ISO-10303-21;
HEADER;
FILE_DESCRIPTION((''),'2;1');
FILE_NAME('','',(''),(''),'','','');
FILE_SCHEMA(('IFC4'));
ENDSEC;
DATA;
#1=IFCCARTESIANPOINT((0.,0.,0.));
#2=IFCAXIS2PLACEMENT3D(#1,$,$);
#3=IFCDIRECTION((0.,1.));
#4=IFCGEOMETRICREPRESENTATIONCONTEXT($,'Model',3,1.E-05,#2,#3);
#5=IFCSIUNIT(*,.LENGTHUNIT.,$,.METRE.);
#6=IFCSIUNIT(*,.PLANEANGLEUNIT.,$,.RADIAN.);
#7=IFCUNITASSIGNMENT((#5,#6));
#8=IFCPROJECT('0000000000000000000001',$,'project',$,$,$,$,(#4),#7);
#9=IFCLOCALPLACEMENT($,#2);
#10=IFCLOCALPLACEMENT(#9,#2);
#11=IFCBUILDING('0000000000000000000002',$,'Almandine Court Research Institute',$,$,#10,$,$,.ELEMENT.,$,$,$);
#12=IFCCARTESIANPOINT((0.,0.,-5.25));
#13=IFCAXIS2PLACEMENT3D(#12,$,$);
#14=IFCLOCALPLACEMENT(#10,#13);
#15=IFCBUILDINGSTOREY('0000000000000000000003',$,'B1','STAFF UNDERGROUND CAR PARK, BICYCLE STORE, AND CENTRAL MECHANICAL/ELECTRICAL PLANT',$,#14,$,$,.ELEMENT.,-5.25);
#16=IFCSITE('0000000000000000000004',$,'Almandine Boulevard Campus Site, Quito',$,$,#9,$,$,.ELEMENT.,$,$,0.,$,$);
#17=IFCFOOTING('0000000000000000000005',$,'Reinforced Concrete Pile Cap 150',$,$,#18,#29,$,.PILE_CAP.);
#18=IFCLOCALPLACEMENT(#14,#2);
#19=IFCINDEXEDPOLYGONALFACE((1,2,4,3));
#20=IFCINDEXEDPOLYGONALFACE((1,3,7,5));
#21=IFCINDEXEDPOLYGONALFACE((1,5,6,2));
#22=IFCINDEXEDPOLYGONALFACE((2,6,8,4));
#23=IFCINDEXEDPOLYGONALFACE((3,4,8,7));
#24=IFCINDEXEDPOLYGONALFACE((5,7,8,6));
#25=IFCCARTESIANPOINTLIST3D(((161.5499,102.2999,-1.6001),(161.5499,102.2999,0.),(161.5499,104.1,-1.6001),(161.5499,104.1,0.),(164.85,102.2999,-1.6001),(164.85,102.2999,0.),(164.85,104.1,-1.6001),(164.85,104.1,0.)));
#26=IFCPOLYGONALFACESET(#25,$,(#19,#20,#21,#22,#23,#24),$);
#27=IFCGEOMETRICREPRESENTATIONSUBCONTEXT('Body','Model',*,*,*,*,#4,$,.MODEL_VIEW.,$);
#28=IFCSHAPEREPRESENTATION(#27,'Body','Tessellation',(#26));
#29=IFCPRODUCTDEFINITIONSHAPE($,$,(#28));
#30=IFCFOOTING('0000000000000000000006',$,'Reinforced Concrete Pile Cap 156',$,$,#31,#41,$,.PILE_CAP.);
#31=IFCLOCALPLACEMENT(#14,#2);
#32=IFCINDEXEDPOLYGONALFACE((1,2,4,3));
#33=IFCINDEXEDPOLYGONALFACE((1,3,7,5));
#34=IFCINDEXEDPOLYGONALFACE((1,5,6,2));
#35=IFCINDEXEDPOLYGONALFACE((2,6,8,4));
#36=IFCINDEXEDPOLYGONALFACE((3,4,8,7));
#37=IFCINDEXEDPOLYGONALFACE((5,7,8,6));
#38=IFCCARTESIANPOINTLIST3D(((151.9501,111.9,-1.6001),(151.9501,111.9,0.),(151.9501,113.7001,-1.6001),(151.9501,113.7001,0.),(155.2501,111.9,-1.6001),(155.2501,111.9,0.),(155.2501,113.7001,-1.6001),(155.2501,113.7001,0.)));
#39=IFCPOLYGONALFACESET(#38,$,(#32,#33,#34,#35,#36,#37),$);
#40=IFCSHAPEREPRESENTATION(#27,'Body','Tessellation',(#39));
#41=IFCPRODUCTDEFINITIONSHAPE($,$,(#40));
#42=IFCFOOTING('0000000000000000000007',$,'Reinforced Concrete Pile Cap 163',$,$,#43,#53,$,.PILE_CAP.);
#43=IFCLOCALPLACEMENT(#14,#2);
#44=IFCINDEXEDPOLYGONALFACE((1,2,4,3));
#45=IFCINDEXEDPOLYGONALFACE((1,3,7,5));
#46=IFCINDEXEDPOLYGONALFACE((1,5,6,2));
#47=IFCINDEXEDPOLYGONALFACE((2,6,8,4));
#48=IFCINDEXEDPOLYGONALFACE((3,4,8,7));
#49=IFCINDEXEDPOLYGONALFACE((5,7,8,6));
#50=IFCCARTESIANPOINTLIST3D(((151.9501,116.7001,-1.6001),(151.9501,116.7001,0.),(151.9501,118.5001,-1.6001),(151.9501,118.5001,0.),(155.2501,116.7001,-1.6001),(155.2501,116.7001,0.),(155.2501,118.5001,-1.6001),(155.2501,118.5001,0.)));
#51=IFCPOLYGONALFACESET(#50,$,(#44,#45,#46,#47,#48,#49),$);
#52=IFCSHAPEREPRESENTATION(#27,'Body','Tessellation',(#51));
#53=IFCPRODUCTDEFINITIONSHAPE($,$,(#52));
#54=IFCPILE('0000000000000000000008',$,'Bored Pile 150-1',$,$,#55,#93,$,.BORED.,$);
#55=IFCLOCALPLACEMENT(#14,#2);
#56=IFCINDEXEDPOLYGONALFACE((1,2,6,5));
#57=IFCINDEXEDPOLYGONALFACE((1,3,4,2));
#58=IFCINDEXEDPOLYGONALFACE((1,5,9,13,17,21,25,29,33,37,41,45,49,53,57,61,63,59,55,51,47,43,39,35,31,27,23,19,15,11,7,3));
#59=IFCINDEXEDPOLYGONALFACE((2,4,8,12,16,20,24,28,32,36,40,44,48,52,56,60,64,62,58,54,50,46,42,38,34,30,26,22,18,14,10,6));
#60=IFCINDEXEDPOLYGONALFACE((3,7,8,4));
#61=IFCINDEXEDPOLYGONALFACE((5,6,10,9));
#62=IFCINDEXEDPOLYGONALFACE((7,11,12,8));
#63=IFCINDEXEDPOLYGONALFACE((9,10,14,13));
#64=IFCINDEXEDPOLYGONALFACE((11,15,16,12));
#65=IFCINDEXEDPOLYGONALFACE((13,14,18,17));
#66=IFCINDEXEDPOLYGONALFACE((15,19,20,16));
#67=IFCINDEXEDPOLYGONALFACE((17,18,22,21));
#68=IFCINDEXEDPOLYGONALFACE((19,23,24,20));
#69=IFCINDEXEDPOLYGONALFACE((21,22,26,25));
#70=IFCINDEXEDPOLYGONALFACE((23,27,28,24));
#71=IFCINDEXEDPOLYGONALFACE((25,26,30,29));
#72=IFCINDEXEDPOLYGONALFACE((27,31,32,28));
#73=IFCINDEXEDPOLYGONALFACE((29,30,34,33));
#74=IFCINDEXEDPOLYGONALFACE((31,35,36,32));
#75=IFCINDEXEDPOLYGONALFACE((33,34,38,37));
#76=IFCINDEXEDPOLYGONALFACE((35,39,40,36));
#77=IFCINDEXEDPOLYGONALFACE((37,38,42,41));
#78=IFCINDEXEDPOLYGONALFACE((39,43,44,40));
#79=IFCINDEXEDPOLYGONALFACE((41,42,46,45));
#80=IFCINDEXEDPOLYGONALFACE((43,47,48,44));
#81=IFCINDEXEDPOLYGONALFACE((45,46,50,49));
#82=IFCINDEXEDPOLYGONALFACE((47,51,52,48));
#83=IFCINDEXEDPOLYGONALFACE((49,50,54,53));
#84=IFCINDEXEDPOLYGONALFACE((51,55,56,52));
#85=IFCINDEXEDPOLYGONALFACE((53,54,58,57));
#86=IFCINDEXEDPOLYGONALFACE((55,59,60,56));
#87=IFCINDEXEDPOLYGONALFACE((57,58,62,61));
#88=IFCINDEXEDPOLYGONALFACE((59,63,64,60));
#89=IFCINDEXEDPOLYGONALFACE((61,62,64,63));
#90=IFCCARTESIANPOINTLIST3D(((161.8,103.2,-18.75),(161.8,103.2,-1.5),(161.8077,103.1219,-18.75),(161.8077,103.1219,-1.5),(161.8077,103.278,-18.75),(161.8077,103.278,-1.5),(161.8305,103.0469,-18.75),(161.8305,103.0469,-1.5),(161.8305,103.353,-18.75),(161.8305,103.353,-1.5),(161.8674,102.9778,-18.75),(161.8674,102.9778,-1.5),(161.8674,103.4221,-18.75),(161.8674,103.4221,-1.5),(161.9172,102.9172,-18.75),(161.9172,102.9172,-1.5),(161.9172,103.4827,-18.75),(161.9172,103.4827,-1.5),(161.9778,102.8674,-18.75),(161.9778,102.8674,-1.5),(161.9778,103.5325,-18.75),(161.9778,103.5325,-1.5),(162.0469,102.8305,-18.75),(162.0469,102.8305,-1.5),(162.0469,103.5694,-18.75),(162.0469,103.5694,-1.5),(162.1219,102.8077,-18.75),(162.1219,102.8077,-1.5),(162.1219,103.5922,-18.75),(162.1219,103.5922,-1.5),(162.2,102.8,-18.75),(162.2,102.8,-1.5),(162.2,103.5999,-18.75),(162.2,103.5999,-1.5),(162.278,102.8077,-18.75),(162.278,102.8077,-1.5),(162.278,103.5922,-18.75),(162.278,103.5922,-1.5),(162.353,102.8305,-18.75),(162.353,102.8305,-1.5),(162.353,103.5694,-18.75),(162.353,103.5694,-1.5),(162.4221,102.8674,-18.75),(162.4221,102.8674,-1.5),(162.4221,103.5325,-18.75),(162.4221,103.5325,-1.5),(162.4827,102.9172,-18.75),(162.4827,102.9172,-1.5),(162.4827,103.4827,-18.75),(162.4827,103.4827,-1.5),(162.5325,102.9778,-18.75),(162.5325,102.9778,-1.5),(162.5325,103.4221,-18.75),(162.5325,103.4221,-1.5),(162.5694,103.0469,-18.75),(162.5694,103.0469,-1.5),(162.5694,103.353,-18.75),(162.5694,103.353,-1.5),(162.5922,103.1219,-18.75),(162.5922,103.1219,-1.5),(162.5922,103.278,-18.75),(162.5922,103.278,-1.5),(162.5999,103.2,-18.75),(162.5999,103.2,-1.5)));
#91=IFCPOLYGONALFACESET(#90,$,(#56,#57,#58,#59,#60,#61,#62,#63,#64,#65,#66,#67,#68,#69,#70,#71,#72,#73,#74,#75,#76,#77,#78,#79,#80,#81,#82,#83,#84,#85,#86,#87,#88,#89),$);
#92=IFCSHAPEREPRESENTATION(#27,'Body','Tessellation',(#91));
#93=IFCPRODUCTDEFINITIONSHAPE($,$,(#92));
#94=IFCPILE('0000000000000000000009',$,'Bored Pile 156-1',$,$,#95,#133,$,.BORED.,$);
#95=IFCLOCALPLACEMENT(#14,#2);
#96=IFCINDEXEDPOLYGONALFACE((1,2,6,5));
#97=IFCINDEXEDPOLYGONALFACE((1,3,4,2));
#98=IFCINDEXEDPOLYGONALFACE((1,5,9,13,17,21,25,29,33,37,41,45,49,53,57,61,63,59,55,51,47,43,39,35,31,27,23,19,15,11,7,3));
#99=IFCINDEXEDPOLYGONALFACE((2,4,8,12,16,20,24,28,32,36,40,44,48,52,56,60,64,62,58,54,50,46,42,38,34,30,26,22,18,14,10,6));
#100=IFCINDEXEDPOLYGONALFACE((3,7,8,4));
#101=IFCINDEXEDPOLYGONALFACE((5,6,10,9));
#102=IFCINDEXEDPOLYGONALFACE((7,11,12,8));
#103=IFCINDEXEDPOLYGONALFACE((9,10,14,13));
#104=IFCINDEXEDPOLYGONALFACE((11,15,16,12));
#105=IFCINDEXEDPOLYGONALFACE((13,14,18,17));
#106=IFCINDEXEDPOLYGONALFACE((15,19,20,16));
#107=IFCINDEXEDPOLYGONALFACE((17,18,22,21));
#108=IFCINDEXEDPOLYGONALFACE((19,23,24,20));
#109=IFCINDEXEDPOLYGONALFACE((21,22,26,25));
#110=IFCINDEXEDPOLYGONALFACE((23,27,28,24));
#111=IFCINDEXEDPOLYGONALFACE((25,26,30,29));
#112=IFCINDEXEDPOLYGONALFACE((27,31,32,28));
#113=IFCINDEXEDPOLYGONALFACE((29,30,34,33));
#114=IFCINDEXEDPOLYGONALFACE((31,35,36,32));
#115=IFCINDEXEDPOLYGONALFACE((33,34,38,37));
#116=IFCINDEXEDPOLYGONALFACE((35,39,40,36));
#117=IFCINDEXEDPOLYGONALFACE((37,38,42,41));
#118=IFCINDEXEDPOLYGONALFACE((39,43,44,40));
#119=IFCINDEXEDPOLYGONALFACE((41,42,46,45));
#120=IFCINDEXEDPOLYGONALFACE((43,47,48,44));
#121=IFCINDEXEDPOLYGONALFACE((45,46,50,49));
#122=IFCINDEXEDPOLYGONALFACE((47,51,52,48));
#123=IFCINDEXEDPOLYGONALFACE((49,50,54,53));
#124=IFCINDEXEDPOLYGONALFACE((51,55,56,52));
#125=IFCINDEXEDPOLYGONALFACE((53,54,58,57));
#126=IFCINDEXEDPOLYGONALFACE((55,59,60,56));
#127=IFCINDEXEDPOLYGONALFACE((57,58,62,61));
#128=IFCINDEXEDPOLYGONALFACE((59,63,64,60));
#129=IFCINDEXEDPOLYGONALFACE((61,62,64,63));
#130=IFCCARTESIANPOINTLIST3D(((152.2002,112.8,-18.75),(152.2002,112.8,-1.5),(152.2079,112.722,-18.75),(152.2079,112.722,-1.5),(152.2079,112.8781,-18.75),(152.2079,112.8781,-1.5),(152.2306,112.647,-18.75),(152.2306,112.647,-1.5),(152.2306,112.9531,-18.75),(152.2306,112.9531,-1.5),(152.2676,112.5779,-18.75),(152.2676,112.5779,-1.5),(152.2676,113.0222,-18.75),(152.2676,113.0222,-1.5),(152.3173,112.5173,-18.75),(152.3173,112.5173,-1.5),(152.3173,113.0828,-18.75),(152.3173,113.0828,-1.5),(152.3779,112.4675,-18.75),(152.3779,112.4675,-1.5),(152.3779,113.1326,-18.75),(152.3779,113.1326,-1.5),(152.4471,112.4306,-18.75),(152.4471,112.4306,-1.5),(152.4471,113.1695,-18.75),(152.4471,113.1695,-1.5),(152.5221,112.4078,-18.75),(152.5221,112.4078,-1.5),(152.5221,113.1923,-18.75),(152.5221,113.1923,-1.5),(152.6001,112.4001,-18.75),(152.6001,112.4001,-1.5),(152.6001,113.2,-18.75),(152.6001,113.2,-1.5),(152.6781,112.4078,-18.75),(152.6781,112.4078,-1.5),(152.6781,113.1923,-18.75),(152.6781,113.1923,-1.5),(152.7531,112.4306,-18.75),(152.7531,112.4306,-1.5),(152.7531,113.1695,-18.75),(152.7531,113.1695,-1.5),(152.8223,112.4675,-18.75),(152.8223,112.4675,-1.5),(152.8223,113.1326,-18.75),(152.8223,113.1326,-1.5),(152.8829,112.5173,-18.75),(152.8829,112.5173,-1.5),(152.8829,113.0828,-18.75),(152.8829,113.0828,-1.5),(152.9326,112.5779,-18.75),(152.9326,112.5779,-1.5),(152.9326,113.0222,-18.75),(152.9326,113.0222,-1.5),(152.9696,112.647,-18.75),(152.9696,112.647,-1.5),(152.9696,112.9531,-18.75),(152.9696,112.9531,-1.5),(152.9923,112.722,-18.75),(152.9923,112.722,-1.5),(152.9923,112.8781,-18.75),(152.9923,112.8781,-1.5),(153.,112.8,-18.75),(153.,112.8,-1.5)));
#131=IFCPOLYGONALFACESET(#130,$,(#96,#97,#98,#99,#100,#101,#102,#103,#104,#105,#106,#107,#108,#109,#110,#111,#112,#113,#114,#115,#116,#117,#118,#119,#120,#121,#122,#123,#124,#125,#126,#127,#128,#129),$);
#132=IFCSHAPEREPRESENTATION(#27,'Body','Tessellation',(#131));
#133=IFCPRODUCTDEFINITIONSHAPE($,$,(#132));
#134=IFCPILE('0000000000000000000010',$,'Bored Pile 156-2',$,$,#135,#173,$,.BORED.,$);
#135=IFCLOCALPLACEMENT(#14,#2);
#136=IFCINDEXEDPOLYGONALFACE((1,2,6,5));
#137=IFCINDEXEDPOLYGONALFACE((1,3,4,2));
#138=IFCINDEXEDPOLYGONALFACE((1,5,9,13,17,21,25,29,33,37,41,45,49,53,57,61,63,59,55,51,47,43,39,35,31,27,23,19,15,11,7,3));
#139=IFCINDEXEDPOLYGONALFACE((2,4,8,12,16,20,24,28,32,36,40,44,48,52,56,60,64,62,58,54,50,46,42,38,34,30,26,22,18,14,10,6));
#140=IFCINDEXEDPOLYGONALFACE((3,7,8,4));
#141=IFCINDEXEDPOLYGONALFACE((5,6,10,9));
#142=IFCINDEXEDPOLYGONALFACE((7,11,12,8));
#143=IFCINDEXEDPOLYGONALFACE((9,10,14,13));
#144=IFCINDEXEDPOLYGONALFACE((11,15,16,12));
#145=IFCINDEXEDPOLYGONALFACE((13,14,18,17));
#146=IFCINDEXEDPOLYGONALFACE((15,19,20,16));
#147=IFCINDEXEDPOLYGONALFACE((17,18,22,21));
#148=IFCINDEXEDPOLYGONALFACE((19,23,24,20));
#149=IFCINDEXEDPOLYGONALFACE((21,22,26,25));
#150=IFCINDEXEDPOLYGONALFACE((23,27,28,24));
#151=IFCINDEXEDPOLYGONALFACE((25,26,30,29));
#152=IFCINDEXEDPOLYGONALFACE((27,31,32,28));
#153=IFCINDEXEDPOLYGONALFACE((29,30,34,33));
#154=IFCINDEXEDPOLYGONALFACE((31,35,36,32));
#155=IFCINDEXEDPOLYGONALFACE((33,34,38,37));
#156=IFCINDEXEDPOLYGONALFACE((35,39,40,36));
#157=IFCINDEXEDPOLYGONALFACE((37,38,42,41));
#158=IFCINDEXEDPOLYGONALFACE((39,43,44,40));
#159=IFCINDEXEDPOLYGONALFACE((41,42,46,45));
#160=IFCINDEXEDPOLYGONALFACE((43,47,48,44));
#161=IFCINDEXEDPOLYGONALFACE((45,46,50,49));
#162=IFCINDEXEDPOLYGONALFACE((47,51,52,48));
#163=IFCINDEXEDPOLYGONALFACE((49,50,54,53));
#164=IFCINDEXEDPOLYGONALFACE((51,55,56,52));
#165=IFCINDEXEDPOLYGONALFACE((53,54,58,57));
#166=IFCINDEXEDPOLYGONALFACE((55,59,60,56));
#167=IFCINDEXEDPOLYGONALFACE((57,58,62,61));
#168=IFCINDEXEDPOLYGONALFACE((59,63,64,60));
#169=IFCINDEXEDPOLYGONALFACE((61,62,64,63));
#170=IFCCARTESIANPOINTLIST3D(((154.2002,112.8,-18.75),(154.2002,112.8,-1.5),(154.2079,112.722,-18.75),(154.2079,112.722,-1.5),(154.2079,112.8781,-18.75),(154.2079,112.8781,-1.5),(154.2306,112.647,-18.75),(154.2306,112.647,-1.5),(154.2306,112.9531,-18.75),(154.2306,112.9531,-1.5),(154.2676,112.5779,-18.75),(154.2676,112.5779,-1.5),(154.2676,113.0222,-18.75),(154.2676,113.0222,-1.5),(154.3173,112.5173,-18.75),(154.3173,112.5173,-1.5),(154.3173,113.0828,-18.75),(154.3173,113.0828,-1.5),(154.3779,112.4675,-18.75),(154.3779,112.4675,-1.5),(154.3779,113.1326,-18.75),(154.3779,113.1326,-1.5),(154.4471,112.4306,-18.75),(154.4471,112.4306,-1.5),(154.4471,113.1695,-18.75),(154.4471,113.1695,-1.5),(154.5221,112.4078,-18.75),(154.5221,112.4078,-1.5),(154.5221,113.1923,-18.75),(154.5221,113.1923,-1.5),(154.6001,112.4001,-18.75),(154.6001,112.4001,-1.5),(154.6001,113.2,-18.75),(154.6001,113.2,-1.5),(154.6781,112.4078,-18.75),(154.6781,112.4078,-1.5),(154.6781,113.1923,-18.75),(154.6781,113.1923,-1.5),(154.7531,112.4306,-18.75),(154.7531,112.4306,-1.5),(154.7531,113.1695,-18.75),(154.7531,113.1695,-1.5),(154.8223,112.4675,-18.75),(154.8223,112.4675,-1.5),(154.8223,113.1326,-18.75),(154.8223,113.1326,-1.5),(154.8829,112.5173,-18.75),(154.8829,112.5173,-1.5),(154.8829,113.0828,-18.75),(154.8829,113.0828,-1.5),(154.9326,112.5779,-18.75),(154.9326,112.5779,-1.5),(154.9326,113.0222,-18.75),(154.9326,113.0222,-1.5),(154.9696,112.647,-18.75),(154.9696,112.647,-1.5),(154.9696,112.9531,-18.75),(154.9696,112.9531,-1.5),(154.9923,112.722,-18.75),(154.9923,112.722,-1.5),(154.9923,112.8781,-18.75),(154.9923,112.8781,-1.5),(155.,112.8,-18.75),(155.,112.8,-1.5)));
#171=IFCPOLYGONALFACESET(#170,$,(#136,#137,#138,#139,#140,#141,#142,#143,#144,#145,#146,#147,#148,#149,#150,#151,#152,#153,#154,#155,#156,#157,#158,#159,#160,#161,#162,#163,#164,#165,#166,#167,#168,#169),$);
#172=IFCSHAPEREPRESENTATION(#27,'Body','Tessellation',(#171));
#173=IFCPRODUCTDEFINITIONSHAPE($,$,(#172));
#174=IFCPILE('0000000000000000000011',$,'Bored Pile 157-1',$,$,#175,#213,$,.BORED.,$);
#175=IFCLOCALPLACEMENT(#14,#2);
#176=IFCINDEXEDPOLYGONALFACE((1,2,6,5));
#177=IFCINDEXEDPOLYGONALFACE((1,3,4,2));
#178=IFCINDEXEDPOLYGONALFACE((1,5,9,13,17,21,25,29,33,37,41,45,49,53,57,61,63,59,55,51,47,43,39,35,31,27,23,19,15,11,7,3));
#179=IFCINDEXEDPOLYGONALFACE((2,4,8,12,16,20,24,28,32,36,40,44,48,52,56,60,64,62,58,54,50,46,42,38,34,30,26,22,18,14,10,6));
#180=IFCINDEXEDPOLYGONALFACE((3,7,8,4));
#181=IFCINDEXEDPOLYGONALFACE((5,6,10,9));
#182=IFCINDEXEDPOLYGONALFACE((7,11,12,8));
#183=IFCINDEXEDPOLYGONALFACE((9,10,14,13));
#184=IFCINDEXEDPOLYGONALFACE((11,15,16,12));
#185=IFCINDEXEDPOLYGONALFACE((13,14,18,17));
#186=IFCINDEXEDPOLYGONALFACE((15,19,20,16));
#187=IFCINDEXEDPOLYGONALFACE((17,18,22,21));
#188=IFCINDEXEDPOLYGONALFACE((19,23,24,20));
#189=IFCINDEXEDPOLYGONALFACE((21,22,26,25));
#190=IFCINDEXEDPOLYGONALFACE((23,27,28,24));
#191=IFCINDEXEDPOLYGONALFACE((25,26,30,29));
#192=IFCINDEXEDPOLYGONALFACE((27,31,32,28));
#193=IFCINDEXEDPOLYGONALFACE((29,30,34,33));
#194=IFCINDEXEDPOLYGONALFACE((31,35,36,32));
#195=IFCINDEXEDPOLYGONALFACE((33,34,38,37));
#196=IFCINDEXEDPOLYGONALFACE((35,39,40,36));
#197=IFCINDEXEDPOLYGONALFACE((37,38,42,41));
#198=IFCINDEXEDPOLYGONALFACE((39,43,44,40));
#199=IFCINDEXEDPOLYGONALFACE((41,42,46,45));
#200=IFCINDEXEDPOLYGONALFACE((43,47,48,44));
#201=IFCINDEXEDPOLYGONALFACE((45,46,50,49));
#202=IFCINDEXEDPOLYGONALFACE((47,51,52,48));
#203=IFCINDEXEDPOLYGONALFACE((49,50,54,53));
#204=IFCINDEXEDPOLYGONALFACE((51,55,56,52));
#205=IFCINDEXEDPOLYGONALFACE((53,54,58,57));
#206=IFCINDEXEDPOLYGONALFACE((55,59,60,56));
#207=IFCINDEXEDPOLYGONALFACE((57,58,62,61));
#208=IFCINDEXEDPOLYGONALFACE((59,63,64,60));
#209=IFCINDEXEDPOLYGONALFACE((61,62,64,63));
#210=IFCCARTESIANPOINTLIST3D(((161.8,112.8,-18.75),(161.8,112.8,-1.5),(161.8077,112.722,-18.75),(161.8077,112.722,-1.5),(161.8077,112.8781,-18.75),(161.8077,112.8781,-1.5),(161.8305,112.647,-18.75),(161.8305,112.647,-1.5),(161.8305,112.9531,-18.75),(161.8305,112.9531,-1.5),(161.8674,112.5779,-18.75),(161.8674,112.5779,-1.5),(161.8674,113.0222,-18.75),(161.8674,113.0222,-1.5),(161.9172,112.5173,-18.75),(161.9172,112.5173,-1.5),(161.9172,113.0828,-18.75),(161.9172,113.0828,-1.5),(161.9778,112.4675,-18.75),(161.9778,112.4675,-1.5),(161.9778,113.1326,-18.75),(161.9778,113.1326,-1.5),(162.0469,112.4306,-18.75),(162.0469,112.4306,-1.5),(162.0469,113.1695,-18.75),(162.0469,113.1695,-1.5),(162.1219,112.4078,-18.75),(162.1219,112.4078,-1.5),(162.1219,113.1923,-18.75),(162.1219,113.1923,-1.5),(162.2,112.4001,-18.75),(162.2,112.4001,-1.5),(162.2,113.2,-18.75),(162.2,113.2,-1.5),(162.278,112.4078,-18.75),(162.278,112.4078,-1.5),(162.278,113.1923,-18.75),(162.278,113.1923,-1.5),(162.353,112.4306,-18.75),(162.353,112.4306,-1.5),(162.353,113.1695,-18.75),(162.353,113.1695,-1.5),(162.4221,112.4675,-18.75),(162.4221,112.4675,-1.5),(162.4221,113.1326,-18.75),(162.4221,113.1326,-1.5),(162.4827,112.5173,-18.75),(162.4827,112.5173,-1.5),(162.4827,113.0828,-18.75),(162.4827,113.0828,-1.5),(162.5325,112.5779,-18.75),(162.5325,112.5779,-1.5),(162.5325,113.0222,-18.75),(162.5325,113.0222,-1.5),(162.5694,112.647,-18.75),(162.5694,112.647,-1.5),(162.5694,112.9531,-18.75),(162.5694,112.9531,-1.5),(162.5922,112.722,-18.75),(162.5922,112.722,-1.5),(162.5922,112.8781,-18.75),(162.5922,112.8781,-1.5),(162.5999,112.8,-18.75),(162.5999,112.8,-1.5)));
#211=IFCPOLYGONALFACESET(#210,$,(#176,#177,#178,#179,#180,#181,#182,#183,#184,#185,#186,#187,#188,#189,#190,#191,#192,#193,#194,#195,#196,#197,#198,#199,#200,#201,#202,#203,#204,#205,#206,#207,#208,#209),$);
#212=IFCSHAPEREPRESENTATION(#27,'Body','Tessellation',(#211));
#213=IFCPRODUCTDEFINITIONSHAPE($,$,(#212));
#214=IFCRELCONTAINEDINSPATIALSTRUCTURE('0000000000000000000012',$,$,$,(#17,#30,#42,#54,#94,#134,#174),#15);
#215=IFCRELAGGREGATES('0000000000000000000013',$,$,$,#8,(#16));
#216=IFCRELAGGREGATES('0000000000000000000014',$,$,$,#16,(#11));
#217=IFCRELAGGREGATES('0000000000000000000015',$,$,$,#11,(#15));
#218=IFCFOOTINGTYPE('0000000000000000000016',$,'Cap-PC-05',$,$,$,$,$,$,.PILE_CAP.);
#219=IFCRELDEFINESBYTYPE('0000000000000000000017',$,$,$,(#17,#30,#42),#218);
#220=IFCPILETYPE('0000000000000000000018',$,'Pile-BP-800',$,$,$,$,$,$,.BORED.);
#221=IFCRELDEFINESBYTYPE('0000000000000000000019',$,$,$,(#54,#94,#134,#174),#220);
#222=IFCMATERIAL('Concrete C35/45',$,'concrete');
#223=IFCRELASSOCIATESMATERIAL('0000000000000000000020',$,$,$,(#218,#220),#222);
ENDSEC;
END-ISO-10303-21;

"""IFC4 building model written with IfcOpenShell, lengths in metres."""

from ifc_helpers import new_model, si_unit, direction, frame, origin, origin_2d, place, context, subcontext, project, spatial, rectangle, circle, extrude, material, material_profile, profile_set, type_object, element, save


model = new_model("IFC4")

# Units and contexts
model_context = context("Model", 3, precision=1e-05, world=origin(), true_north=direction((0.0, 1.0)))
body_context = subcontext(model_context, "Body", "Model", "MODEL_VIEW")
ifc_project = project(units=[si_unit("LENGTHUNIT", "METRE"), si_unit("PLANEANGLEUNIT", "RADIAN")], contexts=[model_context])

# Site, building, storey
site_placement = place(None, origin())
site = spatial("IfcSite", under=ifc_project, at=site_placement, Name="Almandine Boulevard Campus Site, Quito", CompositionType="ELEMENT", RefElevation=0.0)
building_placement = place(site_placement, origin())
building = spatial("IfcBuilding", under=site, at=building_placement, Name="Almandine Court Research Institute", CompositionType="ELEMENT")
storey_placement = place(building_placement, frame((0.0, 0.0, -5.25)))
storey = spatial("IfcBuildingStorey", under=building, at=storey_placement, Name="B1", Description="STAFF UNDERGROUND CAR PARK, BICYCLE STORE, AND CENTRAL MECHANICAL/ELECTRICAL PLANT", CompositionType="ELEMENT", Elevation=-5.25)

# Footings
ifc_material_1 = material(Name="Concrete C35/45", Category="concrete")
footing_type_1 = type_object("IfcFootingType", Name="Cap-PC-05", PredefinedType="PILE_CAP", material=ifc_material_1)
for number, where, z_axis, x_axis, name in (
    (1, (163.2, 103.2, -1.6001), (0.0, 0.0, 1.0), (1.0, 0.0, 0.0), "Reinforced Concrete Pile Cap 150"),
    (2, (153.6001, 112.8, -1.6001), (0.0, 0.0, 1.0), (1.0, 0.0, 0.0), "Reinforced Concrete Pile Cap 156"),
    (3, (153.6001, 117.6001, -1.6001), (0.0, 0.0, 1.0), (1.0, 0.0, 0.0), "Reinforced Concrete Pile Cap 163"),
):
    element("IfcFooting", number, at=place(storey_placement, frame(where, z_axis=z_axis, x_axis=x_axis)), inside=storey, type_object=footing_type_1, Name=name, PredefinedType="PILE_CAP", context=body_context, shape_type="SweptSolid", body=[
        extrude(rectangle(XDim=3.3, YDim=1.8, at=origin_2d()), origin(), (0.0, 0.0, 1.0), 1.6001),
    ])

# Piles
ifc_material_profile_1 = material_profile(ifc_material_1, circle(Radius=0.3999, at=origin_2d()), Name="BORED PILE D800")
ifc_profile_set_1 = profile_set([ifc_material_profile_1], Name="Concrete C35/45")
pile_type = type_object("IfcPileType", Name="Pile-BP-800", PredefinedType="BORED", material=ifc_profile_set_1)
for number, where, z_axis, x_axis, name in (
    (4, (162.2, 103.2, -1.5), (0.0, 0.0, -1.0), (1.0, 0.0, 0.0), "Bored Pile 150-1"),
    (5, (152.6001, 112.8, -1.5), (0.0, 0.0, -1.0), (1.0, 0.0, 0.0), "Bored Pile 156-1"),
    (6, (154.6001, 112.8, -1.5), (0.0, 0.0, -1.0), (1.0, 0.0, 0.0), "Bored Pile 156-2"),
    (7, (162.2, 112.8, -1.5), (0.0, 0.0, -1.0), (1.0, 0.0, 0.0), "Bored Pile 157-1"),
):
    element("IfcPile", number, at=place(storey_placement, frame(where, z_axis=z_axis, x_axis=x_axis)), inside=storey, type_object=pile_type, Name=name, PredefinedType="BORED", context=body_context, shape_type="SweptSolid", body=[
        extrude(circle(Radius=0.3999, at=origin_2d()), origin(), (0.0, 0.0, 1.0), 17.25),
    ])

save(model, "model.ifc")
